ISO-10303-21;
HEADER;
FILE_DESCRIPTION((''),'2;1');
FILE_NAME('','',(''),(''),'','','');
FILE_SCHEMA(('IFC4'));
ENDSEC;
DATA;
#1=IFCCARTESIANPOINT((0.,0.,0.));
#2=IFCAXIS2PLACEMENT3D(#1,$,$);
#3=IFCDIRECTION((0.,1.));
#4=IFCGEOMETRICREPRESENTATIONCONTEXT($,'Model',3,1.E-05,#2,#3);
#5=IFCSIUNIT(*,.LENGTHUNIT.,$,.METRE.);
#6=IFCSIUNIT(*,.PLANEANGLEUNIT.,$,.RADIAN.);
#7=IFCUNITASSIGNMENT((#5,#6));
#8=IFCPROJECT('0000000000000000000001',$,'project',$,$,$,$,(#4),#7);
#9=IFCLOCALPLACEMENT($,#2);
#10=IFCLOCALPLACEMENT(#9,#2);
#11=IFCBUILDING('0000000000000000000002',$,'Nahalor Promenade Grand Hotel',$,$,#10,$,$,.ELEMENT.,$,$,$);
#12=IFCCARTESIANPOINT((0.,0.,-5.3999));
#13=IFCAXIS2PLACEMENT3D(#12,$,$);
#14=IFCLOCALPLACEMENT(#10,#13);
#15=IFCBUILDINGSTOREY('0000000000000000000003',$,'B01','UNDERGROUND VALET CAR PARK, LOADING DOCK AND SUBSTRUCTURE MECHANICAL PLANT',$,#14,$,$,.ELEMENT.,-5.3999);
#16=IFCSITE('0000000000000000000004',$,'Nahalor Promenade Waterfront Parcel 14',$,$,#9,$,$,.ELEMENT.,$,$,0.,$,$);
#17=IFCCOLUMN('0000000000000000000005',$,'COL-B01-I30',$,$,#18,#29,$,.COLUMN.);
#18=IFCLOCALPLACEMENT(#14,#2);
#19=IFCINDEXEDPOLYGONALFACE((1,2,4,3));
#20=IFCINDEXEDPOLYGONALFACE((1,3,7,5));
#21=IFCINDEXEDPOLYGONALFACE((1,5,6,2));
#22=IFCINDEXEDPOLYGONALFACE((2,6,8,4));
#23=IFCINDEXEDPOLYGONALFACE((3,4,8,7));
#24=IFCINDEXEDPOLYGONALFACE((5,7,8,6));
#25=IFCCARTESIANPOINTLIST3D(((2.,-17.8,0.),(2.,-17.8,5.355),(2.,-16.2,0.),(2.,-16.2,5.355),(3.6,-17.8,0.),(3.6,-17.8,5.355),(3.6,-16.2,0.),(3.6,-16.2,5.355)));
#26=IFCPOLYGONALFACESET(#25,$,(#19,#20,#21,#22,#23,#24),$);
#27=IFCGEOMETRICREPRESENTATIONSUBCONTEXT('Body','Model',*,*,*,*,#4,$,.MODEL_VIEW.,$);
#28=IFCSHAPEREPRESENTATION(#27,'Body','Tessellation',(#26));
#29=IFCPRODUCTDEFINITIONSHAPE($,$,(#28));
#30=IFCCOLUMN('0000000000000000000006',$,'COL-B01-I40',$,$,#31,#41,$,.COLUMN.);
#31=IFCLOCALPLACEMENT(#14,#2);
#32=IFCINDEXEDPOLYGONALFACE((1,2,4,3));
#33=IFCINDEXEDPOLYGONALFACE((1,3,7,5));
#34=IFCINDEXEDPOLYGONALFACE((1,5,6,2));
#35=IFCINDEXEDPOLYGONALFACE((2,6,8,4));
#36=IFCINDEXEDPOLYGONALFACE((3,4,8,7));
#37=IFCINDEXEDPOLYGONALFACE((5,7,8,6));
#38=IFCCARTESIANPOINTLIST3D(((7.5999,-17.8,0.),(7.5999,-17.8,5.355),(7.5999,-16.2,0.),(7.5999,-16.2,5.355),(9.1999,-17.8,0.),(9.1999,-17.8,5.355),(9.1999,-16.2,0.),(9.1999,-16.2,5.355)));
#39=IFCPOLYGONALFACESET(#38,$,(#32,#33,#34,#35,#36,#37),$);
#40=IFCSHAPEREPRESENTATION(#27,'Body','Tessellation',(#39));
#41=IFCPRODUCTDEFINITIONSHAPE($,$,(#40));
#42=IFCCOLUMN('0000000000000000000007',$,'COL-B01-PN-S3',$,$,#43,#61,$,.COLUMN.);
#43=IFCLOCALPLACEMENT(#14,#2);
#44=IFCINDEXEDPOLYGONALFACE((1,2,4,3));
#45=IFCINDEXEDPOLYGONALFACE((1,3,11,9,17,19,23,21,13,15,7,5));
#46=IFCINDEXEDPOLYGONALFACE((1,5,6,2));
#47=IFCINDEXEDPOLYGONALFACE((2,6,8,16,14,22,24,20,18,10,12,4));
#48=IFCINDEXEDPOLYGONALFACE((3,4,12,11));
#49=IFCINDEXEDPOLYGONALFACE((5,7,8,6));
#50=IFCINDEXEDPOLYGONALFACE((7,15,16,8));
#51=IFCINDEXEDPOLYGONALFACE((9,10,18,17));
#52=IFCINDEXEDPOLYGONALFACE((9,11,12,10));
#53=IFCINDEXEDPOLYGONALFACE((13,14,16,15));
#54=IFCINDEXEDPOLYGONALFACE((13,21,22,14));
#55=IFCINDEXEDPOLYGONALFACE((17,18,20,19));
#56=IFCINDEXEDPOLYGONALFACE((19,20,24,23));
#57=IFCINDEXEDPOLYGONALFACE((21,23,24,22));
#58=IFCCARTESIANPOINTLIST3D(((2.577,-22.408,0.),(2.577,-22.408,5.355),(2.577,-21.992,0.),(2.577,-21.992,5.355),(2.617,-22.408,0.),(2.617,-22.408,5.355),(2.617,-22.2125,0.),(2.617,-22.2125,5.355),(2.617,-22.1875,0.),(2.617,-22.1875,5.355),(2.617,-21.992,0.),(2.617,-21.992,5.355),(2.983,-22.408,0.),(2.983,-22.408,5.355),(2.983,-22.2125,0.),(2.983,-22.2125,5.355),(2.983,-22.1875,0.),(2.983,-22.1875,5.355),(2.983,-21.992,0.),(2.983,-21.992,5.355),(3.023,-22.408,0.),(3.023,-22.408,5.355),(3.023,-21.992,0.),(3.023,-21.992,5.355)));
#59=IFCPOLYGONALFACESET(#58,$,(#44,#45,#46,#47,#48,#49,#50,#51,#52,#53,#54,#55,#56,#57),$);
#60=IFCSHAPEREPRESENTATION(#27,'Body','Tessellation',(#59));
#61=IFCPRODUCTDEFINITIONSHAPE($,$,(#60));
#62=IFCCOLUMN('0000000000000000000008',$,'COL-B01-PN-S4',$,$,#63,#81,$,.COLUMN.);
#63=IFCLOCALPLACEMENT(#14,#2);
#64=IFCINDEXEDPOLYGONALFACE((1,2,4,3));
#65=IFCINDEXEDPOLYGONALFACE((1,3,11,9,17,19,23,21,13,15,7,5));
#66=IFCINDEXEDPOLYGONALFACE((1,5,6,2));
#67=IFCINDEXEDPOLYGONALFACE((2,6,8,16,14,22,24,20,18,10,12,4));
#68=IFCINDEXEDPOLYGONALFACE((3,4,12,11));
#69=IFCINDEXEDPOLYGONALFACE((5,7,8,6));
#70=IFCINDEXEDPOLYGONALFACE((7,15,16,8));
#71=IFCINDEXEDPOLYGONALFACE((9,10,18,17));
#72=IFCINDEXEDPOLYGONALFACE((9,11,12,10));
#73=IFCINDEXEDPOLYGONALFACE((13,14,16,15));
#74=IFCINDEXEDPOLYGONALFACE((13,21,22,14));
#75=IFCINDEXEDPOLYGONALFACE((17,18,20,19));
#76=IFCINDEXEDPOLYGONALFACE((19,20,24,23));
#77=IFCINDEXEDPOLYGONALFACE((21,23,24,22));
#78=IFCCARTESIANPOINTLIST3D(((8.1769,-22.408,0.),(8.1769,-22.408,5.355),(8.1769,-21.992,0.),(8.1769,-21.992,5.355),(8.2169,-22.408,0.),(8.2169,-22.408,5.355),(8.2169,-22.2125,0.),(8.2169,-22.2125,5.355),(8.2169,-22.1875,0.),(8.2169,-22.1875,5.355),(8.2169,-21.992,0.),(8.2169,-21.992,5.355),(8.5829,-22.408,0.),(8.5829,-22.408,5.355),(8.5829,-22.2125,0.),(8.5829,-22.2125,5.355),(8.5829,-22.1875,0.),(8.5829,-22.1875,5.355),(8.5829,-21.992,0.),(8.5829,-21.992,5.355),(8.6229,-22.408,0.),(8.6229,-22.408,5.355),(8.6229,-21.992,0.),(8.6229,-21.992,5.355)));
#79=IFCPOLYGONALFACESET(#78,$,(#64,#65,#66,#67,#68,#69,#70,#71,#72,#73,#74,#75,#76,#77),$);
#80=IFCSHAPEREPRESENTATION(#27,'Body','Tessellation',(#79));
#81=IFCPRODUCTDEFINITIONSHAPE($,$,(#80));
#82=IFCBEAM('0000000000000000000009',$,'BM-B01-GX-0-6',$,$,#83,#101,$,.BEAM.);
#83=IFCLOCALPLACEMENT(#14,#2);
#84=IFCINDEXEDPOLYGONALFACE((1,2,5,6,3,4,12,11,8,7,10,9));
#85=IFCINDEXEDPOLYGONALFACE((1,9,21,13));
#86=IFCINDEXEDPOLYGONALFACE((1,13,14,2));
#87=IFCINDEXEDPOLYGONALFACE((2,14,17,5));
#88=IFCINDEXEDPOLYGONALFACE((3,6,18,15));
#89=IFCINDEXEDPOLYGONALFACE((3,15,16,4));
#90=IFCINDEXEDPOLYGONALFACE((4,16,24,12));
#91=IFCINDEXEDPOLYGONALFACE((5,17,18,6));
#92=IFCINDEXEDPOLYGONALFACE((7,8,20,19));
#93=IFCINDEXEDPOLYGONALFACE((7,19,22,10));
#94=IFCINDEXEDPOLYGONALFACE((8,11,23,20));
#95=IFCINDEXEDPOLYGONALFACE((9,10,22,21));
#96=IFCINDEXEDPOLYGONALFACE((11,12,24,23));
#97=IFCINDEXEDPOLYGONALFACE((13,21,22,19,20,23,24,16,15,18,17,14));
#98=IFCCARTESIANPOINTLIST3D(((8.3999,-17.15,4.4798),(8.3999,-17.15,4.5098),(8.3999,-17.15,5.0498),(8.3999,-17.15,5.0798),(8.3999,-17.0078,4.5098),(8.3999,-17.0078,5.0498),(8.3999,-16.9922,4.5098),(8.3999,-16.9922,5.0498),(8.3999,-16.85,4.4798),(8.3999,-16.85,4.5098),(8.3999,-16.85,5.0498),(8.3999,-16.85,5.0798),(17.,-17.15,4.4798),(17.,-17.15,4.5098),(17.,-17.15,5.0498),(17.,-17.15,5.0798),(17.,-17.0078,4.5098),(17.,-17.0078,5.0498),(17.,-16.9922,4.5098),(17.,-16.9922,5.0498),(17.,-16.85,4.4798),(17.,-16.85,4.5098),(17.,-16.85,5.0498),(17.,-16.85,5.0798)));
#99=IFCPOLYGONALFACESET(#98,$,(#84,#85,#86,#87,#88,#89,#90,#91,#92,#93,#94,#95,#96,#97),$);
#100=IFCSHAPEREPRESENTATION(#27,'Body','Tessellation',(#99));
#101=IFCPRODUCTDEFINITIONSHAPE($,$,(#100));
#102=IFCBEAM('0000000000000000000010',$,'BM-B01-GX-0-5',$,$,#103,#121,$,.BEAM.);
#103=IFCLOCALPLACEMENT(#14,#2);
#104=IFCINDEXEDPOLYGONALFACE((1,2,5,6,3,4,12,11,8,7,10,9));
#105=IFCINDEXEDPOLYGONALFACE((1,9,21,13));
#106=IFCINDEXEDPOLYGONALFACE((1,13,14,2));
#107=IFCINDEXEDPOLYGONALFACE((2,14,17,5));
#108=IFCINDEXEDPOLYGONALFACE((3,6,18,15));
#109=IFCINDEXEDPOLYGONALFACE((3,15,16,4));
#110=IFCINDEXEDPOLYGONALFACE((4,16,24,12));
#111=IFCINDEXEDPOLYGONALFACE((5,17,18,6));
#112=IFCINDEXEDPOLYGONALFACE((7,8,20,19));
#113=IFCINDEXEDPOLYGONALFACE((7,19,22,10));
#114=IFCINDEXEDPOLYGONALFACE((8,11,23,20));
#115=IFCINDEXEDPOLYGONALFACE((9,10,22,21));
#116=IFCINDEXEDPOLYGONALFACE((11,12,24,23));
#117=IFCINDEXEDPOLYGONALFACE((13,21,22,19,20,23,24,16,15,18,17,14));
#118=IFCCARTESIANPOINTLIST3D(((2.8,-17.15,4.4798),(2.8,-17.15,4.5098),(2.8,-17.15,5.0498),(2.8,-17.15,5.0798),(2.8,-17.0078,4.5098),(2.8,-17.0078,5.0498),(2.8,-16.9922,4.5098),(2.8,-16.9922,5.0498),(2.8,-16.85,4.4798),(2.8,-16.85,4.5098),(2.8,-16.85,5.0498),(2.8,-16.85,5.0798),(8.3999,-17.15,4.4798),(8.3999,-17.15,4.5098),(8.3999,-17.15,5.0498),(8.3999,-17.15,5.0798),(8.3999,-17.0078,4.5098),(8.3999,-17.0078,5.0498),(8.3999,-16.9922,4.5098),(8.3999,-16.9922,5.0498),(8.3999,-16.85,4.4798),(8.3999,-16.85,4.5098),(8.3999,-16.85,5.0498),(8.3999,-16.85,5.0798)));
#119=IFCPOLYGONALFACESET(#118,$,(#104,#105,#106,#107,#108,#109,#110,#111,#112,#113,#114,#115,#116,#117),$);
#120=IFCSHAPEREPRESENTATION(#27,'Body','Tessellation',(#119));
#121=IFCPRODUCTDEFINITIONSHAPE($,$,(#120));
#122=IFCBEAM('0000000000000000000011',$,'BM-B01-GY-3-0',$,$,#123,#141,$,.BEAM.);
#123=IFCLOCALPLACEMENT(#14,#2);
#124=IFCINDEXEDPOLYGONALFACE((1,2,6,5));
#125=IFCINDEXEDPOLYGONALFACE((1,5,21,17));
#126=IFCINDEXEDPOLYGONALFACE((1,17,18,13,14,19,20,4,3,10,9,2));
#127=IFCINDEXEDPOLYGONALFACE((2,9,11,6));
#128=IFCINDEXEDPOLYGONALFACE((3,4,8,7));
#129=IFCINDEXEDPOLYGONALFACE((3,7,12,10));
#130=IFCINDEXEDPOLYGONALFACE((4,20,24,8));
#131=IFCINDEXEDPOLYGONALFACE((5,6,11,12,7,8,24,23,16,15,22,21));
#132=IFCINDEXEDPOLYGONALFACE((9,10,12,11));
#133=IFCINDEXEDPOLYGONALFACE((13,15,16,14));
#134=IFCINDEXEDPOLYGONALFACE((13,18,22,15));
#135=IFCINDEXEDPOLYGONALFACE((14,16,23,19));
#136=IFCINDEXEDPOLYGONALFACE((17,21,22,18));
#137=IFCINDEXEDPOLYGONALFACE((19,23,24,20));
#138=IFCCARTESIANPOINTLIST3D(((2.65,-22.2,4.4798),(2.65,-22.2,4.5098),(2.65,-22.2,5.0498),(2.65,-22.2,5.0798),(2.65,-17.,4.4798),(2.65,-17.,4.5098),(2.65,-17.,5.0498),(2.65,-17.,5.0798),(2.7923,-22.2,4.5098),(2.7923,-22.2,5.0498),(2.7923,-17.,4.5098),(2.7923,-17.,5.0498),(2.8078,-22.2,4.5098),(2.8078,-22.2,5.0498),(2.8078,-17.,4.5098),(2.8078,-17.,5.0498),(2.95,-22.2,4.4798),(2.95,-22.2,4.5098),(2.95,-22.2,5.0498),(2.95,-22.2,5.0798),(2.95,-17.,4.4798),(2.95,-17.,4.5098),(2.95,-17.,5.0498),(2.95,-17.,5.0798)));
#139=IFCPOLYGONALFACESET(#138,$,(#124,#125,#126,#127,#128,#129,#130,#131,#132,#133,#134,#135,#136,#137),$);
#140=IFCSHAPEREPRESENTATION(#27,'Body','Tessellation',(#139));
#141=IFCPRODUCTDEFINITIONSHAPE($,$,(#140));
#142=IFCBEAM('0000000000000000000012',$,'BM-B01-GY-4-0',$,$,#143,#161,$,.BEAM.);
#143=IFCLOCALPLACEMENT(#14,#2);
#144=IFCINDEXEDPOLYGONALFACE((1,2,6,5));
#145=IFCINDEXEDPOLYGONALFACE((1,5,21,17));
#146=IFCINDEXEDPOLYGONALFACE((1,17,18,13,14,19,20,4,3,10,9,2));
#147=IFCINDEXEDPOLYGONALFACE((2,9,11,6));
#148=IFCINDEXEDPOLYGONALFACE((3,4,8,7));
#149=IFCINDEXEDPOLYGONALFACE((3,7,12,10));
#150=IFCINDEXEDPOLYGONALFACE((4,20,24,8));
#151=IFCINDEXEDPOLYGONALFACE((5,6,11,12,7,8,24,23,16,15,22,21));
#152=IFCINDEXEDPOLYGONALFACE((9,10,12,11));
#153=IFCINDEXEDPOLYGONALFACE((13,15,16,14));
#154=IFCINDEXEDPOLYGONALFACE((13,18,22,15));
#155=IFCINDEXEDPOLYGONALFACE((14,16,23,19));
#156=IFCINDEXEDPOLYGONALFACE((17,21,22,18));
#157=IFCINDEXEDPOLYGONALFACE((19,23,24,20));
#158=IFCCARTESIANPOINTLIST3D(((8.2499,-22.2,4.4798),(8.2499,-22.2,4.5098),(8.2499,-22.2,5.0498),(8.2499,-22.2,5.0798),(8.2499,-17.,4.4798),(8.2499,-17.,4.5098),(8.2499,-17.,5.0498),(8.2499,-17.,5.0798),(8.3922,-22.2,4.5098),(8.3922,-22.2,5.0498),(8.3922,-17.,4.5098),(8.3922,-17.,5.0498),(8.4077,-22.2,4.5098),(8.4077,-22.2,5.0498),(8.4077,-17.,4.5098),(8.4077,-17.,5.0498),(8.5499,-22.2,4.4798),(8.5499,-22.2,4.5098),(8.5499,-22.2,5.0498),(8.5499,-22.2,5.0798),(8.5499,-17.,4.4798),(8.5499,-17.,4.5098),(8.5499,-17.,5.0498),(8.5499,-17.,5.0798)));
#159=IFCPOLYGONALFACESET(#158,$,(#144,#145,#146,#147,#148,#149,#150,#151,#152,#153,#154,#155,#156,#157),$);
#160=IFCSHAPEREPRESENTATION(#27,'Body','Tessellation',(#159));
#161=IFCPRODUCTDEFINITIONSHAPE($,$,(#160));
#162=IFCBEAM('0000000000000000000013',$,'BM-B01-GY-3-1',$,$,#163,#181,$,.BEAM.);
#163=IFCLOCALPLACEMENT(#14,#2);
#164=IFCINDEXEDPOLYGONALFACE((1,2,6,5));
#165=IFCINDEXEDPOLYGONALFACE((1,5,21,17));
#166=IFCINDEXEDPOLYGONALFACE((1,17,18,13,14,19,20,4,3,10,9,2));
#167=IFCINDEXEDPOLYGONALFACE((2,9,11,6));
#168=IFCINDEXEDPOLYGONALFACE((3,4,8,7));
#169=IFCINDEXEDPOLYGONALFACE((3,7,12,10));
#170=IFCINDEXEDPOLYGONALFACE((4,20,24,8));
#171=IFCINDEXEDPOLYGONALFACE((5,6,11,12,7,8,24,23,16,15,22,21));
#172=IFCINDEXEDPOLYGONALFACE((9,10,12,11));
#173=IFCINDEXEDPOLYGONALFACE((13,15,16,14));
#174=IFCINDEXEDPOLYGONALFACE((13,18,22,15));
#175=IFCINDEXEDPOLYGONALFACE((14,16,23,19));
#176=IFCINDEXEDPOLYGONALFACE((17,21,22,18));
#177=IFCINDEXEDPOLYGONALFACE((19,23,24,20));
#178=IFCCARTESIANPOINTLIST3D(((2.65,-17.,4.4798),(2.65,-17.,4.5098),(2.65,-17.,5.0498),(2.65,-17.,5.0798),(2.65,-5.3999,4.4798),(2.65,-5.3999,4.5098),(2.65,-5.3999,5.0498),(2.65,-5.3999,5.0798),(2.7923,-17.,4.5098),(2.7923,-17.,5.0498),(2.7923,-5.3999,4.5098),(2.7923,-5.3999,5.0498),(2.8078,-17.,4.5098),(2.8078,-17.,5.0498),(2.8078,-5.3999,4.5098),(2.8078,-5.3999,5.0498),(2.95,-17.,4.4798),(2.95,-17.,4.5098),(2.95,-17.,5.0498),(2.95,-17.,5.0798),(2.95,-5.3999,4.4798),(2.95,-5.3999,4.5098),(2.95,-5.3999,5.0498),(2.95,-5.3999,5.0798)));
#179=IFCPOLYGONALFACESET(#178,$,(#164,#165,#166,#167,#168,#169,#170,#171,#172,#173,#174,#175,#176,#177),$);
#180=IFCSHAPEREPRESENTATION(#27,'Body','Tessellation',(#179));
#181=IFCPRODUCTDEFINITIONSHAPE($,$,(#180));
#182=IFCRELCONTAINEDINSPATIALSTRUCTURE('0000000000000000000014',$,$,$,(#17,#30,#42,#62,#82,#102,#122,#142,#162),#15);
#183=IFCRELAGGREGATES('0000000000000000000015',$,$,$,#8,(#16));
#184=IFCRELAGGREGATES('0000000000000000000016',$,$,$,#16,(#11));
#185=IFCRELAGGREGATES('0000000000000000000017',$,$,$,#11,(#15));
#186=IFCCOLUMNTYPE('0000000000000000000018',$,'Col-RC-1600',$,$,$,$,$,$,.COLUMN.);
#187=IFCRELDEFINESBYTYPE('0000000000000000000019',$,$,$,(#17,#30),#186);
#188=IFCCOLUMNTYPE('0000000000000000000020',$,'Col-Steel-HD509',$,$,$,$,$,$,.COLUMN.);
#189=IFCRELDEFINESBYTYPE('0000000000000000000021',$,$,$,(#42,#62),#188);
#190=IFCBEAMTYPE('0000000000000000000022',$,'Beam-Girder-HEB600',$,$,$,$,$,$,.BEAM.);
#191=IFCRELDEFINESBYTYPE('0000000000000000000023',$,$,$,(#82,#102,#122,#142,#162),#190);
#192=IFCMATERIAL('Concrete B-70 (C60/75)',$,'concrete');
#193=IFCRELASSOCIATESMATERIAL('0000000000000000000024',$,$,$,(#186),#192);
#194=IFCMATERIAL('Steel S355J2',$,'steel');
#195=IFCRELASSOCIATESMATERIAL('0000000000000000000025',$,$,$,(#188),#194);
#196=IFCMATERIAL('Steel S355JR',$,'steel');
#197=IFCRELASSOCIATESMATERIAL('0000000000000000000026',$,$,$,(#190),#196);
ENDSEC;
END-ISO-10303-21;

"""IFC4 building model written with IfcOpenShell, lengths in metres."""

from ifc_helpers import new_model, si_unit, direction, frame, origin, origin_2d, place, context, subcontext, project, spatial, rectangle, i_section, extrude, source, transform, mapped, material, material_profile, profile_set, type_object, element, save


model = new_model("IFC4")

# Units and contexts
model_context = context("Model", 3, precision=1e-05, world=origin(), true_north=direction((0.0, 1.0)))
body_context = subcontext(model_context, "Body", "Model", "MODEL_VIEW")
ifc_project = project(units=[si_unit("LENGTHUNIT", "METRE"), si_unit("PLANEANGLEUNIT", "RADIAN")], contexts=[model_context])

# Site, building, storey
site_placement = place(None, origin())
site = spatial("IfcSite", under=ifc_project, at=site_placement, Name="Nahalor Promenade Waterfront Parcel 14", CompositionType="ELEMENT", RefElevation=0.0)
building_placement = place(site_placement, origin())
building = spatial("IfcBuilding", under=site, at=building_placement, Name="Nahalor Promenade Grand Hotel", CompositionType="ELEMENT")
storey_placement = place(building_placement, frame((0.0, 0.0, -5.3999)))
storey = spatial("IfcBuildingStorey", under=building, at=storey_placement, Name="B01", Description="UNDERGROUND VALET CAR PARK, LOADING DOCK AND SUBSTRUCTURE MECHANICAL PLANT", CompositionType="ELEMENT", Elevation=-5.3999)

# Columns
ifc_material_1 = material(Name="Concrete B-70 (C60/75)", Category="concrete")
ifc_material_profile_1 = material_profile(ifc_material_1, rectangle(XDim=1.6, YDim=1.6, at=origin_2d()), Name="RC 1600x1600")
ifc_profile_set_1 = profile_set([ifc_material_profile_1], Name="Concrete B-70 (C60/75)")
column_type_1 = type_object("IfcColumnType", Name="Col-RC-1600", PredefinedType="COLUMN", material=ifc_profile_set_1)
shared_shape_1 = source(origin(), body_context, "Body", "SweptSolid", [
    extrude(rectangle(XDim=1.6, YDim=1.6, at=origin_2d()), origin(), (0.0, 0.0, 1.0), 5.355),
])
for number, where, z_axis, x_axis, name in (
    (1, (2.8, -17.0, 0.0), (0.0, 0.0, 1.0), (1.0, 0.0, 0.0), "COL-B01-I30"),
    (2, (8.3999, -17.0, 0.0), (0.0, 0.0, 1.0), (1.0, 0.0, 0.0), "COL-B01-I40"),
):
    element("IfcColumn", number, at=place(storey_placement, frame(where, z_axis=z_axis, x_axis=x_axis)), inside=storey, type_object=column_type_1, Name=name, PredefinedType="COLUMN", context=body_context, shape_type="MappedRepresentation", body=[
        mapped(shared_shape_1, transform((0.0, 0.0, 0.0), scale=1.0)),
    ])
ifc_material_2 = material(Name="Steel S355J2", Category="steel")
ifc_material_profile_2 = material_profile(ifc_material_2, i_section(OverallWidth=0.416, OverallDepth=0.446, WebThickness=0.025, FlangeThickness=0.04, at=origin_2d()), Name="HD 400x509")
ifc_profile_set_2 = profile_set([ifc_material_profile_2], Name="Steel S355J2")
column_type_2 = type_object("IfcColumnType", Name="Col-Steel-HD509", PredefinedType="COLUMN", material=ifc_profile_set_2)
shared_shape_2 = source(origin(), body_context, "Body", "SweptSolid", [
    extrude(i_section(OverallWidth=0.416, OverallDepth=0.446, WebThickness=0.025, FlangeThickness=0.04, at=origin_2d()), origin(), (0.0, 0.0, 1.0), 5.355),
])
for number, where, z_axis, x_axis, name in (
    (3, (2.8, -22.2, 0.0), (0.0, 0.0, 1.0), (0.0, 1.0, 0.0), "COL-B01-PN-S3"),
    (4, (8.3999, -22.2, 0.0), (0.0, 0.0, 1.0), (0.0, 1.0, 0.0), "COL-B01-PN-S4"),
):
    element("IfcColumn", number, at=place(storey_placement, frame(where, z_axis=z_axis, x_axis=x_axis)), inside=storey, type_object=column_type_2, Name=name, PredefinedType="COLUMN", context=body_context, shape_type="MappedRepresentation", body=[
        mapped(shared_shape_2, transform((0.0, 0.0, 0.0), scale=1.0)),
    ])

# Beams
ifc_material_3 = material(Name="Steel S355JR", Category="steel")
ifc_material_profile_3 = material_profile(ifc_material_3, i_section(OverallWidth=0.3, OverallDepth=0.6, WebThickness=0.0155, FlangeThickness=0.03, at=origin_2d()), Name="HEB 600")
ifc_profile_set_3 = profile_set([ifc_material_profile_3], Name="Steel S355JR")
beam_type_1 = type_object("IfcBeamType", Name="Beam-Girder-HEB600", PredefinedType="BEAM", material=ifc_profile_set_3)
shared_shape_3 = source(origin(), body_context, "Body", "SweptSolid", [
    extrude(i_section(OverallWidth=0.3, OverallDepth=0.6, WebThickness=0.0155, FlangeThickness=0.03, at=origin_2d()), origin(), (0.0, 0.0, 1.0), 8.6001),
])
beam_1_placement = place(storey_placement, frame((8.3999, -17.0, 4.7798), z_axis=(1.0, 0.0, 0.0), x_axis=(0.0, 1.0, 0.0)))
element("IfcBeam", 5, at=beam_1_placement, inside=storey, type_object=beam_type_1, Name="BM-B01-GX-0-6", PredefinedType="BEAM", context=body_context, shape_type="MappedRepresentation", body=[
    mapped(shared_shape_3, transform((0.0, 0.0, 0.0), scale=1.0)),
])
shared_shape_4 = source(origin(), body_context, "Body", "SweptSolid", [
    extrude(i_section(OverallWidth=0.3, OverallDepth=0.6, WebThickness=0.0155, FlangeThickness=0.03, at=origin_2d()), origin(), (0.0, 0.0, 1.0), 5.5999),
])
beam_2_placement = place(storey_placement, frame((2.8, -17.0, 4.7798), z_axis=(1.0, 0.0, 0.0), x_axis=(0.0, 1.0, 0.0)))
element("IfcBeam", 6, at=beam_2_placement, inside=storey, type_object=beam_type_1, Name="BM-B01-GX-0-5", PredefinedType="BEAM", context=body_context, shape_type="MappedRepresentation", body=[
    mapped(shared_shape_4, transform((0.0, 0.0, 0.0), scale=1.0)),
])
shared_shape_5 = source(origin(), body_context, "Body", "SweptSolid", [
    extrude(i_section(OverallWidth=0.3, OverallDepth=0.6, WebThickness=0.0155, FlangeThickness=0.03, at=origin_2d()), origin(), (0.0, 0.0, 1.0), 5.2),
])
for number, where, z_axis, x_axis, name in (
    (7, (2.8, -22.2, 4.7798), (0.0, 1.0, 0.0), (-1.0, 0.0, 0.0), "BM-B01-GY-3-0"),
    (8, (8.3999, -22.2, 4.7798), (0.0, 1.0, 0.0), (-1.0, 0.0, 0.0), "BM-B01-GY-4-0"),
):
    element("IfcBeam", number, at=place(storey_placement, frame(where, z_axis=z_axis, x_axis=x_axis)), inside=storey, type_object=beam_type_1, Name=name, PredefinedType="BEAM", context=body_context, shape_type="MappedRepresentation", body=[
        mapped(shared_shape_5, transform((0.0, 0.0, 0.0), scale=1.0)),
    ])
shared_shape_6 = source(origin(), body_context, "Body", "SweptSolid", [
    extrude(i_section(OverallWidth=0.3, OverallDepth=0.6, WebThickness=0.0155, FlangeThickness=0.03, at=origin_2d()), origin(), (0.0, 0.0, 1.0), 11.6001),
])
for number, where, z_axis, x_axis, name in (
    (9, (2.8, -17.0, 4.7798), (0.0, 1.0, 0.0), (-1.0, 0.0, 0.0), "BM-B01-GY-3-1"),
):
    element("IfcBeam", number, at=place(storey_placement, frame(where, z_axis=z_axis, x_axis=x_axis)), inside=storey, type_object=beam_type_1, Name=name, PredefinedType="BEAM", context=body_context, shape_type="MappedRepresentation", body=[
        mapped(shared_shape_6, transform((0.0, 0.0, 0.0), scale=1.0)),
    ])

save(model, "model.ifc")
